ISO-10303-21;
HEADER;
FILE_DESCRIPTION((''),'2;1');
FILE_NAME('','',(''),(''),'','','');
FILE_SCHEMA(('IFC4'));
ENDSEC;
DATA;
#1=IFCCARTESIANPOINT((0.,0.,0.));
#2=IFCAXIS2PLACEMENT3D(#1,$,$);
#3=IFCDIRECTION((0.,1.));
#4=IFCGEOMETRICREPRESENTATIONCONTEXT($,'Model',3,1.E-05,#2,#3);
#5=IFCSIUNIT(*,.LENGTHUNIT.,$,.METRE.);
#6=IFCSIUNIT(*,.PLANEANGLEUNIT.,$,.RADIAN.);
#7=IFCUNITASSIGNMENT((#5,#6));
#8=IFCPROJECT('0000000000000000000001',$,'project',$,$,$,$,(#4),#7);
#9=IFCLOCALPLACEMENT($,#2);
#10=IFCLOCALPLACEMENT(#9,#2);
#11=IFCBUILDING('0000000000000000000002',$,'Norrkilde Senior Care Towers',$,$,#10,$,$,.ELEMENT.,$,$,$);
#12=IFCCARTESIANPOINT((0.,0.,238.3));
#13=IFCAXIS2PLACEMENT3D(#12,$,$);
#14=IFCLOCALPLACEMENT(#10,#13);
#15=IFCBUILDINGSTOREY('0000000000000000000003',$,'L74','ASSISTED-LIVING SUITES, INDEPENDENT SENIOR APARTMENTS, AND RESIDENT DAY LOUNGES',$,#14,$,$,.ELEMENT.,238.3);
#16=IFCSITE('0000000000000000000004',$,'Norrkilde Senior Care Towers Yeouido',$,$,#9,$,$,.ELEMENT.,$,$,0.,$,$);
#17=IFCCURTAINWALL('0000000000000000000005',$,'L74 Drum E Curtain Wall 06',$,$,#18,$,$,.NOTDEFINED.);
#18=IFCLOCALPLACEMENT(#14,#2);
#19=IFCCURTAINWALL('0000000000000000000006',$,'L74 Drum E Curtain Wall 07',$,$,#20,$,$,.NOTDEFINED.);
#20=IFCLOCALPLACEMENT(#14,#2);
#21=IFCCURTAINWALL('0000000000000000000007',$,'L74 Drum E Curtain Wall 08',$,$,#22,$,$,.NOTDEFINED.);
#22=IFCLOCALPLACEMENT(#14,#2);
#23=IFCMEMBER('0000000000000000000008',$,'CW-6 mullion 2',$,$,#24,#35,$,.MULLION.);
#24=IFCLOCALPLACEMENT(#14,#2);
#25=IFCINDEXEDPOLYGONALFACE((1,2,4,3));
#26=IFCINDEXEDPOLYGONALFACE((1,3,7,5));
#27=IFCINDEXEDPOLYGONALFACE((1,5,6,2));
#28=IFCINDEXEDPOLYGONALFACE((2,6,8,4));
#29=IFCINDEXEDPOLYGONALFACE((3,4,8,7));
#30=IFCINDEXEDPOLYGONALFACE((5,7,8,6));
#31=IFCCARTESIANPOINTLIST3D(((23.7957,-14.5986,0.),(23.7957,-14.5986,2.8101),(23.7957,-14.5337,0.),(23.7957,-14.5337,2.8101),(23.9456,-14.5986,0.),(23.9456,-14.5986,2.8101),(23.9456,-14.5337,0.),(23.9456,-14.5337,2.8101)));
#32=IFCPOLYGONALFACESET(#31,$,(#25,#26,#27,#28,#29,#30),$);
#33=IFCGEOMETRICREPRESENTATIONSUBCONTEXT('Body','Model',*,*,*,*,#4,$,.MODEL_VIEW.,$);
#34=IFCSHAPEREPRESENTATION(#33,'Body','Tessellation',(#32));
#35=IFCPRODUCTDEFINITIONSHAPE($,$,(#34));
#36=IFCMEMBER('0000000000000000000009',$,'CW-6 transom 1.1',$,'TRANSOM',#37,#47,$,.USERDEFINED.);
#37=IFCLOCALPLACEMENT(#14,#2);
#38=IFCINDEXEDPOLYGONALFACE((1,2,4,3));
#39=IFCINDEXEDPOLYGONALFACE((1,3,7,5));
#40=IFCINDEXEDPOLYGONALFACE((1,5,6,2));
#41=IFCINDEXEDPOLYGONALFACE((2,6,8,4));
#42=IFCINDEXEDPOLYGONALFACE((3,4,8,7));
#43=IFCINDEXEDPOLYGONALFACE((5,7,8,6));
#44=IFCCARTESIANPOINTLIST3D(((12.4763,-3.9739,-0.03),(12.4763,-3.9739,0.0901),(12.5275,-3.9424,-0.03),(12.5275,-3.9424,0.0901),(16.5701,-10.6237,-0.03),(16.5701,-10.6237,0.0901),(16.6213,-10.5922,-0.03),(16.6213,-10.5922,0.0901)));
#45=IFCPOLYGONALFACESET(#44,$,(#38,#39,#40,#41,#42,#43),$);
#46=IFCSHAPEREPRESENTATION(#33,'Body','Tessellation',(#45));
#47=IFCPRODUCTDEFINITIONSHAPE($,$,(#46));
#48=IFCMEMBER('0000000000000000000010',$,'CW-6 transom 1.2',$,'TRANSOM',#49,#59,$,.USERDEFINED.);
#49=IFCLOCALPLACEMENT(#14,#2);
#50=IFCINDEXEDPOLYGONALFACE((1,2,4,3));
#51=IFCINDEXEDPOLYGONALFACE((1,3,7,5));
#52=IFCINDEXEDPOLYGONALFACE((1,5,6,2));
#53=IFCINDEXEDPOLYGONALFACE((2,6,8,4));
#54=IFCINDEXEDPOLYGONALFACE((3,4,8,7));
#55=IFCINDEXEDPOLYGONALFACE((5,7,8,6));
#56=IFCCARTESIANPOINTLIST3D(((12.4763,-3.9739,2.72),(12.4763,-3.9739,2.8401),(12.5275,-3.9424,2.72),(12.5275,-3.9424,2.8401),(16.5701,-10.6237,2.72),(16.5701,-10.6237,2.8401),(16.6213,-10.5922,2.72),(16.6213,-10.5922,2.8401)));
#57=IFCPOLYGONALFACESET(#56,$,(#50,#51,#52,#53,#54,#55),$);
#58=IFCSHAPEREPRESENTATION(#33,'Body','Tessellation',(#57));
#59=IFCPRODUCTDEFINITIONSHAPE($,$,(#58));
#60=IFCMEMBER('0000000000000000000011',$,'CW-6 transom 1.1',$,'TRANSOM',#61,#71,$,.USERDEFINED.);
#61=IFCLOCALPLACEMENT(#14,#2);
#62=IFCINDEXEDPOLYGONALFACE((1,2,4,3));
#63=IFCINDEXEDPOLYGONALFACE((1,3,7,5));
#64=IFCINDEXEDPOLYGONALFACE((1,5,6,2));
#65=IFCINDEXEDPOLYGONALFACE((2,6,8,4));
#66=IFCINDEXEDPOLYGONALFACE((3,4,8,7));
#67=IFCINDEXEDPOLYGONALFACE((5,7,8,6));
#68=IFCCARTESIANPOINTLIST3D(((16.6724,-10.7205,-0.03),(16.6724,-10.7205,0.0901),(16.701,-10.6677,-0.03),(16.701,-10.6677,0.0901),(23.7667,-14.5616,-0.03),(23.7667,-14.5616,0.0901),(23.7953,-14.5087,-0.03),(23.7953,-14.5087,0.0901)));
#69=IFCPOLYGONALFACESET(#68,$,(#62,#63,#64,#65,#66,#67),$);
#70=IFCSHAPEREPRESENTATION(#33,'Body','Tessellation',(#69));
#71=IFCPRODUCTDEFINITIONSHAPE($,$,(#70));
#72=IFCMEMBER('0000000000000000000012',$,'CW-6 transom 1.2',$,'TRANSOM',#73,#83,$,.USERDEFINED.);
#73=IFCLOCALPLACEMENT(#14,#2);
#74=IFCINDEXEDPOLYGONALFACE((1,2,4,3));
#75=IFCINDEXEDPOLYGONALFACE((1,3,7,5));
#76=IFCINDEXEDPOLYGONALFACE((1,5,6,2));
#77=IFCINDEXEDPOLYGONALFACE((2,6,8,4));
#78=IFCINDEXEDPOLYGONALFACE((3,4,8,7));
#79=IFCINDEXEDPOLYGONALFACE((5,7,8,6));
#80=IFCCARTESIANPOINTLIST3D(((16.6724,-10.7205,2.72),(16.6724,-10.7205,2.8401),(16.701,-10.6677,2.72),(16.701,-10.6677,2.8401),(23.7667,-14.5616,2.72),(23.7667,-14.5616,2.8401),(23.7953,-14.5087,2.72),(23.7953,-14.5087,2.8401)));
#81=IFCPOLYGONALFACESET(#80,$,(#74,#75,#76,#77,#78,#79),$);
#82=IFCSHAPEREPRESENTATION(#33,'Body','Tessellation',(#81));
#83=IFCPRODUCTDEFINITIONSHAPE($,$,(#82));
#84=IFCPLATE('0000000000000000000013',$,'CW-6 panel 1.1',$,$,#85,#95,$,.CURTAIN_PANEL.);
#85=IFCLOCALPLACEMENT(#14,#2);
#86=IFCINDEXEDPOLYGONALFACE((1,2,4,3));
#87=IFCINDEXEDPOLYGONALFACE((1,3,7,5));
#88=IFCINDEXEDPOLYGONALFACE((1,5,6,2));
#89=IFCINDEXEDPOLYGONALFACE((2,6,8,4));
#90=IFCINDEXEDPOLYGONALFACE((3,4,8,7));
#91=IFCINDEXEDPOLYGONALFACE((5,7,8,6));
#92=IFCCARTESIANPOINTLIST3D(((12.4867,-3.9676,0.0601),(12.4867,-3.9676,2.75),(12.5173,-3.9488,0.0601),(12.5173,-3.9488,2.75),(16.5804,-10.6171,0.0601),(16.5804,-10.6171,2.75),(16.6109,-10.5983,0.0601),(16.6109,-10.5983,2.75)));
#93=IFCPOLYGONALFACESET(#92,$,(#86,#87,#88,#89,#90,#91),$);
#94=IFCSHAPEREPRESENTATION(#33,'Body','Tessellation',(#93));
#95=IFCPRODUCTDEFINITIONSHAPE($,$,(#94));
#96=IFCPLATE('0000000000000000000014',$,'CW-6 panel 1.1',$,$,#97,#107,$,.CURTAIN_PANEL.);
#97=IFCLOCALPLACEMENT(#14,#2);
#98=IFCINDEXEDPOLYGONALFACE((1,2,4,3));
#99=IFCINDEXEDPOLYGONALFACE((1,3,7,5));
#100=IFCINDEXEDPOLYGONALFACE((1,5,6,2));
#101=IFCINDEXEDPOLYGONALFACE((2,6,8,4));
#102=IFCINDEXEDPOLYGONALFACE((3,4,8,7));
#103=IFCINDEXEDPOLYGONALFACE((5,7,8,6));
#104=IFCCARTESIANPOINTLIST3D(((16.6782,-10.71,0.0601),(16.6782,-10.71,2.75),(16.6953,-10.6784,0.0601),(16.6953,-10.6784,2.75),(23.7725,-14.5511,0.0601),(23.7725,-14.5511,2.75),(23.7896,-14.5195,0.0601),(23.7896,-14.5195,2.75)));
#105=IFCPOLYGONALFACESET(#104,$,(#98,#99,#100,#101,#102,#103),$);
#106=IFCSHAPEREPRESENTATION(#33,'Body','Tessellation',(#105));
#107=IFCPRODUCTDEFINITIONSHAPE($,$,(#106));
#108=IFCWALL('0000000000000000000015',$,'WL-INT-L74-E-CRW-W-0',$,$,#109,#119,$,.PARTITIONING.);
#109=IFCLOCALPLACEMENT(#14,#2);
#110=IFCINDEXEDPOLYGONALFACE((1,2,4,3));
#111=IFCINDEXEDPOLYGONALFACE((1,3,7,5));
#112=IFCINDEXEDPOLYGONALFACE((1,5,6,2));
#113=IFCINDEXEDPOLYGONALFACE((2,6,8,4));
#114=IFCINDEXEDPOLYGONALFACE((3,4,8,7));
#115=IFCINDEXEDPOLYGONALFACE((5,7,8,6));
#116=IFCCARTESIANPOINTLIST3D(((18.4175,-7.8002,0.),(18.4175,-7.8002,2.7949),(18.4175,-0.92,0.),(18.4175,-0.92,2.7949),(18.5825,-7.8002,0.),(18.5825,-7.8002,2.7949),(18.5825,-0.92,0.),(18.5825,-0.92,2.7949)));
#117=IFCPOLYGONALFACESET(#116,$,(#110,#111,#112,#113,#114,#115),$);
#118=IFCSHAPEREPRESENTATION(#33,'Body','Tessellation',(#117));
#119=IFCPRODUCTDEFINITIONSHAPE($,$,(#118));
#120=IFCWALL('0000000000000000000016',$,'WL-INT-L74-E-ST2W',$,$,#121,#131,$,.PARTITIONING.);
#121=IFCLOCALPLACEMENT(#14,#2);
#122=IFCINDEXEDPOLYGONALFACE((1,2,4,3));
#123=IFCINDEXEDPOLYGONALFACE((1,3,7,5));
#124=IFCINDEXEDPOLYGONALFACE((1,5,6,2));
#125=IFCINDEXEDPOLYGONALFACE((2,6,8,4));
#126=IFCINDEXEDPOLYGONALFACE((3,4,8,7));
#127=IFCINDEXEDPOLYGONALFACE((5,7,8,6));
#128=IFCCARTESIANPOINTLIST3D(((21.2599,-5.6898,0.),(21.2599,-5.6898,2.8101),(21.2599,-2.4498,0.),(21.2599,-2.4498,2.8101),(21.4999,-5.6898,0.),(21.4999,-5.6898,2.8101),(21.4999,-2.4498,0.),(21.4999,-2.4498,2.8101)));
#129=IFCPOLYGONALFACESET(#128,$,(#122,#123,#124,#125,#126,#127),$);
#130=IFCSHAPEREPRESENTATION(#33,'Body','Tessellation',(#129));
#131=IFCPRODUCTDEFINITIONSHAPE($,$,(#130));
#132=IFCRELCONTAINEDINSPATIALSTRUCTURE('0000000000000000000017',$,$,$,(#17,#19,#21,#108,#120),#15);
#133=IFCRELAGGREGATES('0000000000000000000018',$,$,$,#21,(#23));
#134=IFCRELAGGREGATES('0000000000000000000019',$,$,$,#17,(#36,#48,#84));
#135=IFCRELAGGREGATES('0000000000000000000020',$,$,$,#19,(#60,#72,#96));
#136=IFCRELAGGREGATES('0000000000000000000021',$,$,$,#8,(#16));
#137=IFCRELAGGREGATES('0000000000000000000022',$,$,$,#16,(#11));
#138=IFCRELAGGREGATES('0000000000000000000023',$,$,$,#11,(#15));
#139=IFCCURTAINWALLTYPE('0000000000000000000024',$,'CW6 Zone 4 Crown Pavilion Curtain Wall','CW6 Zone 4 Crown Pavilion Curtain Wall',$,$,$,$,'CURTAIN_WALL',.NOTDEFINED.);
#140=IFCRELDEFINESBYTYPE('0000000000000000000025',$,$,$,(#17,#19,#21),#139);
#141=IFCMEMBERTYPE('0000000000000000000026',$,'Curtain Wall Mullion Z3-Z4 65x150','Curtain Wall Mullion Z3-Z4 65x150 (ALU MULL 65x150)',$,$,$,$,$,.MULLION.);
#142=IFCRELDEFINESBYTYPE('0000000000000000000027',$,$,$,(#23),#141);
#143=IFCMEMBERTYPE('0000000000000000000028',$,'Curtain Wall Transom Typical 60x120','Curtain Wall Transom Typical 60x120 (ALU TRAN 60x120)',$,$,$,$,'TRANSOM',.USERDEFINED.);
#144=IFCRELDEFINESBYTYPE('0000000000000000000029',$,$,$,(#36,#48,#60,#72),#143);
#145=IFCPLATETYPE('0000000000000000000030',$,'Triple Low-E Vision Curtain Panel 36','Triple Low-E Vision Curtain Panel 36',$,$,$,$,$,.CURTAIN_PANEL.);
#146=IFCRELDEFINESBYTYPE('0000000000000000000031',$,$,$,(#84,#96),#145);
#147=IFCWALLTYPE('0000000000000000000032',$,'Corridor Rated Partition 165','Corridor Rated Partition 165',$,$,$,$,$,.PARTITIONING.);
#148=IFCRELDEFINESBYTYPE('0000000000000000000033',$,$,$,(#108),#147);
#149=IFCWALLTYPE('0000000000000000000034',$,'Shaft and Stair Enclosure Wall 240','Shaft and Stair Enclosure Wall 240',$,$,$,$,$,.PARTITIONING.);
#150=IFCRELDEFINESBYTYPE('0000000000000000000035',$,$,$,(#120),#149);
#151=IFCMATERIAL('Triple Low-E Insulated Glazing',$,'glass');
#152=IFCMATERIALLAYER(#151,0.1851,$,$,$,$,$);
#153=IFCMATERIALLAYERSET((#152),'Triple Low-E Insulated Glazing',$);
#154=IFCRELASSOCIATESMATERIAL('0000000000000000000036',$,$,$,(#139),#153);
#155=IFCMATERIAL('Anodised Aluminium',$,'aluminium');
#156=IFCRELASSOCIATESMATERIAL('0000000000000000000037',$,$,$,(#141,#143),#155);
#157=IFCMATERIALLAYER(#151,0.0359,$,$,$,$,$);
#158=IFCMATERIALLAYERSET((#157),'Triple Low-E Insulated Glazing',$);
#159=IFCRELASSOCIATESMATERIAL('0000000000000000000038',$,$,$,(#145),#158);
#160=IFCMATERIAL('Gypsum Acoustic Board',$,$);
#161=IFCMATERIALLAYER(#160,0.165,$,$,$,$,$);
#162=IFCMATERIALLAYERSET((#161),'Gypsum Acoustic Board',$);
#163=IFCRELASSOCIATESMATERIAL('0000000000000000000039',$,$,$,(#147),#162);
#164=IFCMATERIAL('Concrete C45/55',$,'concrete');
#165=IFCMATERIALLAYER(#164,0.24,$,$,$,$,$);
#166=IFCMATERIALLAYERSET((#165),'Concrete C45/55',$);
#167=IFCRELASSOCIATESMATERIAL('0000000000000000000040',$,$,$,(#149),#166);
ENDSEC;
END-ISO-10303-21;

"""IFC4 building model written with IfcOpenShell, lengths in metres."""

from ifc_helpers import new_model, si_unit, direction, frame, frame_2d, origin, origin_2d, place, context, subcontext, project, spatial, rectangle, extrude, source, transform, mapped, material, layer, layer_set, material_profile, profile_set, type_object, type_shapes, element, aggregate, save


model = new_model("IFC4")

# Units and contexts
model_context = context("Model", 3, precision=1e-05, world=origin(), true_north=direction((0.0, 1.0)))
body_context = subcontext(model_context, "Body", "Model", "MODEL_VIEW")
ifc_project = project(units=[si_unit("LENGTHUNIT", "METRE"), si_unit("PLANEANGLEUNIT", "RADIAN")], contexts=[model_context])

# Site, building, storey
site_placement = place(None, origin())
site = spatial("IfcSite", under=ifc_project, at=site_placement, Name="Norrkilde Senior Care Towers Yeouido", CompositionType="ELEMENT", RefElevation=0.0)
building_placement = place(site_placement, origin())
building = spatial("IfcBuilding", under=site, at=building_placement, Name="Norrkilde Senior Care Towers", CompositionType="ELEMENT")
storey_placement = place(building_placement, frame((0.0, 0.0, 238.3)))
storey = spatial("IfcBuildingStorey", under=building, at=storey_placement, Name="L74", Description="ASSISTED-LIVING SUITES, INDEPENDENT SENIOR APARTMENTS, AND RESIDENT DAY LOUNGES", CompositionType="ELEMENT", Elevation=238.3)

# Curtain wall
ifc_material_1 = material(Name="Triple Low-E Insulated Glazing", Category="glass")
ifc_layer_1 = layer(ifc_material_1, 0.1851)
ifc_layer_set_1 = layer_set([ifc_layer_1], Name="Triple Low-E Insulated Glazing")
curtain_wall_type = type_object("IfcCurtainWallType", Name="CW6 Zone 4 Crown Pavilion Curtain Wall", Description="CW6 Zone 4 Crown Pavilion Curtain Wall", ElementType="CURTAIN_WALL", PredefinedType="NOTDEFINED", material=ifc_layer_set_1)
curtain_wall_1_placement = place(storey_placement, origin())
curtain_wall_1 = element("IfcCurtainWall", 1, at=curtain_wall_1_placement, inside=storey, type_object=curtain_wall_type, Name="L74 Drum E Curtain Wall 06", PredefinedType="NOTDEFINED")
ifc_material_2 = material(Name="Anodised Aluminium", Category="aluminium")
ifc_material_profile_1 = material_profile(ifc_material_2, rectangle(XDim=0.0649, YDim=0.1499, at=origin_2d()), Name="ALU MULL 65x150")
ifc_profile_set_1 = profile_set([ifc_material_profile_1], Name="Anodised Aluminium")
member_type_1 = type_object("IfcMemberType", Name="Curtain Wall Mullion Z3-Z4 65x150", Description="Curtain Wall Mullion Z3-Z4 65x150 (ALU MULL 65x150)", PredefinedType="MULLION", material=ifc_profile_set_1)
shared_shape_1 = source(origin(), body_context, "Body", "SweptSolid", [
    extrude(rectangle(XDim=0.0649, YDim=0.1499, at=origin_2d()), origin(), (0.0, 0.0, 1.0), 2.8101),
])
type_shapes(member_type_1, [shared_shape_1])

# Curtain wall
curtain_wall_2_placement = place(storey_placement, origin())
curtain_wall_2 = element("IfcCurtainWall", 2, at=curtain_wall_2_placement, inside=storey, type_object=curtain_wall_type, Name="L74 Drum E Curtain Wall 07", PredefinedType="NOTDEFINED")

# Curtain wall, member
curtain_wall_3_placement = place(storey_placement, origin())
curtain_wall_3 = element("IfcCurtainWall", 3, at=curtain_wall_3_placement, inside=storey, type_object=curtain_wall_type, Name="L74 Drum E Curtain Wall 08", PredefinedType="NOTDEFINED")
member_1_placement = place(storey_placement, frame((23.8706, -14.5662, 0.0), z_axis=(0.0, 0.0, 1.0), x_axis=(0.0, -1.0, 0.0)))
member_1 = element("IfcMember", 4, at=member_1_placement, type_object=member_type_1, Name="CW-6 mullion 2", PredefinedType="MULLION", context=body_context, shape_type="MappedRepresentation", body=[
    mapped(shared_shape_1, transform((0.0, 0.0, 0.0), x_axis=(1.0, 0.0, 0.0), y_axis=(0.0, 1.0, 0.0), z_axis=(0.0, 0.0, 1.0), scale=1.0)),
])
aggregate(curtain_wall_3, [member_1])

# Members
ifc_material_profile_2 = material_profile(ifc_material_2, rectangle(XDim=0.0601, YDim=0.1201, at=origin_2d()), Name="ALU TRAN 60x120")
ifc_profile_set_2 = profile_set([ifc_material_profile_2], Name="Anodised Aluminium")
member_type_2 = type_object("IfcMemberType", Name="Curtain Wall Transom Typical 60x120", Description="Curtain Wall Transom Typical 60x120 (ALU TRAN 60x120)", ElementType="TRANSOM", PredefinedType="USERDEFINED", material=ifc_profile_set_2)
shared_shape_2 = source(origin(), body_context, "Body", "SweptSolid", [
    extrude(rectangle(XDim=0.0601, YDim=0.1201, at=origin_2d()), origin(), (0.0, 0.0, 1.0), 7.8088),
])
member_2_placement = place(storey_placement, frame((16.5957, -10.6079, 0.03), z_axis=(-0.524251, 0.851564, 0.0), x_axis=(-0.851564, -0.524251, 0.0)))
member_2 = element("IfcMember", 5, at=member_2_placement, type_object=member_type_2, Name="CW-6 transom 1.1", ObjectType="TRANSOM", PredefinedType="USERDEFINED", context=body_context, shape_type="MappedRepresentation", body=[
    mapped(shared_shape_2, transform((0.0, 0.0, 0.0), x_axis=(1.0, 0.0, 0.0), y_axis=(0.0, 1.0, 0.0), z_axis=(0.0, 0.0, 1.0), scale=1.0)),
])
member_3_placement = place(storey_placement, frame((16.5957, -10.6079, 2.78), z_axis=(-0.524251, 0.851564, 0.0), x_axis=(-0.851564, -0.524251, 0.0)))
member_3 = element("IfcMember", 6, at=member_3_placement, type_object=member_type_2, Name="CW-6 transom 1.2", ObjectType="TRANSOM", PredefinedType="USERDEFINED", context=body_context, shape_type="MappedRepresentation", body=[
    mapped(shared_shape_2, transform((0.0, 0.0, 0.0), x_axis=(1.0, 0.0, 0.0), y_axis=(0.0, 1.0, 0.0), z_axis=(0.0, 0.0, 1.0), scale=1.0)),
])
shared_shape_3 = source(origin(), body_context, "Body", "SweptSolid", [
    extrude(rectangle(XDim=0.0601, YDim=0.1201, at=origin_2d()), origin(), (0.0, 0.0, 1.0), 8.0674),
])
type_shapes(member_type_2, [shared_shape_2, shared_shape_3])
member_4_placement = place(storey_placement, frame((23.781, -14.5352, 0.03), z_axis=(-0.879378, 0.476125, 0.0), x_axis=(-0.476125, -0.879378, 0.0)))
member_4 = element("IfcMember", 7, at=member_4_placement, type_object=member_type_2, Name="CW-6 transom 1.1", ObjectType="TRANSOM", PredefinedType="USERDEFINED", context=body_context, shape_type="MappedRepresentation", body=[
    mapped(shared_shape_3, transform((0.0, 0.0, 0.0), x_axis=(1.0, 0.0, 0.0), y_axis=(0.0, 1.0, 0.0), z_axis=(0.0, 0.0, 1.0), scale=1.0)),
])
member_5_placement = place(storey_placement, frame((23.781, -14.5352, 2.78), z_axis=(-0.879378, 0.476125, 0.0), x_axis=(-0.476125, -0.879378, 0.0)))
member_5 = element("IfcMember", 8, at=member_5_placement, type_object=member_type_2, Name="CW-6 transom 1.2", ObjectType="TRANSOM", PredefinedType="USERDEFINED", context=body_context, shape_type="MappedRepresentation", body=[
    mapped(shared_shape_3, transform((0.0, 0.0, 0.0), x_axis=(1.0, 0.0, 0.0), y_axis=(0.0, 1.0, 0.0), z_axis=(0.0, 0.0, 1.0), scale=1.0)),
])

# Plates
ifc_layer_2 = layer(ifc_material_1, 0.0359)
ifc_layer_set_2 = layer_set([ifc_layer_2], Name="Triple Low-E Insulated Glazing")
plate_type = type_object("IfcPlateType", Name="Triple Low-E Vision Curtain Panel 36", Description="Triple Low-E Vision Curtain Panel 36", PredefinedType="CURTAIN_PANEL", material=ifc_layer_set_2)
shared_shape_4 = source(origin(), body_context, "Body", "SweptSolid", [
    extrude(rectangle(XDim=7.8086, YDim=0.0359, at=origin_2d()), origin(), (0.0, 0.0, 1.0), 2.6899),
])
plate_1_placement = place(storey_placement, frame((14.5488, -7.283, 0.0601), z_axis=(0.0, 0.0, 1.0), x_axis=(-0.524253, 0.851563, 0.0)))
plate_1 = element("IfcPlate", 9, at=plate_1_placement, type_object=plate_type, Name="CW-6 panel 1.1", PredefinedType="CURTAIN_PANEL", context=body_context, shape_type="MappedRepresentation", body=[
    mapped(shared_shape_4, transform((0.0, 0.0, 0.0), x_axis=(1.0, 0.0, 0.0), y_axis=(0.0, 1.0, 0.0), z_axis=(0.0, 0.0, 1.0), scale=1.0)),
])
aggregate(curtain_wall_1, [member_2, member_3, plate_1])
shared_shape_5 = source(origin(), body_context, "Body", "SweptSolid", [
    extrude(rectangle(XDim=8.0674, YDim=0.0359, at=origin_2d()), origin(), (0.0, 0.0, 1.0), 2.6899),
])
type_shapes(plate_type, [shared_shape_4, shared_shape_5])
plate_2_placement = place(storey_placement, frame((20.2339, -12.6147, 0.0601), z_axis=(0.0, 0.0, 1.0), x_axis=(-0.879373, 0.476133, 0.0)))
plate_2 = element("IfcPlate", 10, at=plate_2_placement, type_object=plate_type, Name="CW-6 panel 1.1", PredefinedType="CURTAIN_PANEL", context=body_context, shape_type="MappedRepresentation", body=[
    mapped(shared_shape_5, transform((0.0, 0.0, 0.0), x_axis=(1.0, 0.0, 0.0), y_axis=(0.0, 1.0, 0.0), z_axis=(0.0, 0.0, 1.0), scale=1.0)),
])
aggregate(curtain_wall_2, [member_4, member_5, plate_2])

# Walls
ifc_material_3 = material(Name="Gypsum Acoustic Board")
ifc_layer_3 = layer(ifc_material_3, 0.165)
ifc_layer_set_3 = layer_set([ifc_layer_3], Name="Gypsum Acoustic Board")
wall_type_1 = type_object("IfcWallType", Name="Corridor Rated Partition 165", Description="Corridor Rated Partition 165", PredefinedType="PARTITIONING", material=ifc_layer_set_3)
shared_shape_6 = source(origin(), body_context, "Body", "SweptSolid", [
    extrude(rectangle(XDim=6.8801, YDim=0.165, at=frame_2d((3.4399, 0.0))), origin(), (0.0, 0.0, 1.0), 2.7949),
])
type_shapes(wall_type_1, [shared_shape_6])
wall_1_placement = place(storey_placement, frame((18.5, -7.8, 0.0), z_axis=(0.0, 0.0, 1.0), x_axis=(0.0, 1.0, 0.0)))
element("IfcWall", 11, at=wall_1_placement, inside=storey, type_object=wall_type_1, Name="WL-INT-L74-E-CRW-W-0", PredefinedType="PARTITIONING", context=body_context, shape_type="MappedRepresentation", body=[
    mapped(shared_shape_6, transform((0.0, 0.0, 0.0), x_axis=(1.0, 0.0, 0.0), y_axis=(0.0, 1.0, 0.0), z_axis=(0.0, 0.0, 1.0), scale=1.0)),
])
ifc_material_4 = material(Name="Concrete C45/55", Category="concrete")
ifc_layer_4 = layer(ifc_material_4, 0.24)
ifc_layer_set_4 = layer_set([ifc_layer_4], Name="Concrete C45/55")
wall_type_2 = type_object("IfcWallType", Name="Shaft and Stair Enclosure Wall 240", Description="Shaft and Stair Enclosure Wall 240", PredefinedType="PARTITIONING", material=ifc_layer_set_4)
shared_shape_7 = source(origin(), body_context, "Body", "SweptSolid", [
    extrude(rectangle(XDim=3.24, YDim=0.24, at=frame_2d((1.6201, 0.0))), origin(), (0.0, 0.0, 1.0), 2.8101),
])
type_shapes(wall_type_2, [shared_shape_7])
wall_2_placement = place(storey_placement, frame((21.3799, -5.6899, 0.0), z_axis=(0.0, 0.0, 1.0), x_axis=(0.0, 1.0, 0.0)))
element("IfcWall", 12, at=wall_2_placement, inside=storey, type_object=wall_type_2, Name="WL-INT-L74-E-ST2W", PredefinedType="PARTITIONING", context=body_context, shape_type="MappedRepresentation", body=[
    mapped(shared_shape_7, transform((0.0, 0.0, 0.0), x_axis=(1.0, 0.0, 0.0), y_axis=(0.0, 1.0, 0.0), z_axis=(0.0, 0.0, 1.0), scale=1.0)),
])

save(model, "model.ifc")
